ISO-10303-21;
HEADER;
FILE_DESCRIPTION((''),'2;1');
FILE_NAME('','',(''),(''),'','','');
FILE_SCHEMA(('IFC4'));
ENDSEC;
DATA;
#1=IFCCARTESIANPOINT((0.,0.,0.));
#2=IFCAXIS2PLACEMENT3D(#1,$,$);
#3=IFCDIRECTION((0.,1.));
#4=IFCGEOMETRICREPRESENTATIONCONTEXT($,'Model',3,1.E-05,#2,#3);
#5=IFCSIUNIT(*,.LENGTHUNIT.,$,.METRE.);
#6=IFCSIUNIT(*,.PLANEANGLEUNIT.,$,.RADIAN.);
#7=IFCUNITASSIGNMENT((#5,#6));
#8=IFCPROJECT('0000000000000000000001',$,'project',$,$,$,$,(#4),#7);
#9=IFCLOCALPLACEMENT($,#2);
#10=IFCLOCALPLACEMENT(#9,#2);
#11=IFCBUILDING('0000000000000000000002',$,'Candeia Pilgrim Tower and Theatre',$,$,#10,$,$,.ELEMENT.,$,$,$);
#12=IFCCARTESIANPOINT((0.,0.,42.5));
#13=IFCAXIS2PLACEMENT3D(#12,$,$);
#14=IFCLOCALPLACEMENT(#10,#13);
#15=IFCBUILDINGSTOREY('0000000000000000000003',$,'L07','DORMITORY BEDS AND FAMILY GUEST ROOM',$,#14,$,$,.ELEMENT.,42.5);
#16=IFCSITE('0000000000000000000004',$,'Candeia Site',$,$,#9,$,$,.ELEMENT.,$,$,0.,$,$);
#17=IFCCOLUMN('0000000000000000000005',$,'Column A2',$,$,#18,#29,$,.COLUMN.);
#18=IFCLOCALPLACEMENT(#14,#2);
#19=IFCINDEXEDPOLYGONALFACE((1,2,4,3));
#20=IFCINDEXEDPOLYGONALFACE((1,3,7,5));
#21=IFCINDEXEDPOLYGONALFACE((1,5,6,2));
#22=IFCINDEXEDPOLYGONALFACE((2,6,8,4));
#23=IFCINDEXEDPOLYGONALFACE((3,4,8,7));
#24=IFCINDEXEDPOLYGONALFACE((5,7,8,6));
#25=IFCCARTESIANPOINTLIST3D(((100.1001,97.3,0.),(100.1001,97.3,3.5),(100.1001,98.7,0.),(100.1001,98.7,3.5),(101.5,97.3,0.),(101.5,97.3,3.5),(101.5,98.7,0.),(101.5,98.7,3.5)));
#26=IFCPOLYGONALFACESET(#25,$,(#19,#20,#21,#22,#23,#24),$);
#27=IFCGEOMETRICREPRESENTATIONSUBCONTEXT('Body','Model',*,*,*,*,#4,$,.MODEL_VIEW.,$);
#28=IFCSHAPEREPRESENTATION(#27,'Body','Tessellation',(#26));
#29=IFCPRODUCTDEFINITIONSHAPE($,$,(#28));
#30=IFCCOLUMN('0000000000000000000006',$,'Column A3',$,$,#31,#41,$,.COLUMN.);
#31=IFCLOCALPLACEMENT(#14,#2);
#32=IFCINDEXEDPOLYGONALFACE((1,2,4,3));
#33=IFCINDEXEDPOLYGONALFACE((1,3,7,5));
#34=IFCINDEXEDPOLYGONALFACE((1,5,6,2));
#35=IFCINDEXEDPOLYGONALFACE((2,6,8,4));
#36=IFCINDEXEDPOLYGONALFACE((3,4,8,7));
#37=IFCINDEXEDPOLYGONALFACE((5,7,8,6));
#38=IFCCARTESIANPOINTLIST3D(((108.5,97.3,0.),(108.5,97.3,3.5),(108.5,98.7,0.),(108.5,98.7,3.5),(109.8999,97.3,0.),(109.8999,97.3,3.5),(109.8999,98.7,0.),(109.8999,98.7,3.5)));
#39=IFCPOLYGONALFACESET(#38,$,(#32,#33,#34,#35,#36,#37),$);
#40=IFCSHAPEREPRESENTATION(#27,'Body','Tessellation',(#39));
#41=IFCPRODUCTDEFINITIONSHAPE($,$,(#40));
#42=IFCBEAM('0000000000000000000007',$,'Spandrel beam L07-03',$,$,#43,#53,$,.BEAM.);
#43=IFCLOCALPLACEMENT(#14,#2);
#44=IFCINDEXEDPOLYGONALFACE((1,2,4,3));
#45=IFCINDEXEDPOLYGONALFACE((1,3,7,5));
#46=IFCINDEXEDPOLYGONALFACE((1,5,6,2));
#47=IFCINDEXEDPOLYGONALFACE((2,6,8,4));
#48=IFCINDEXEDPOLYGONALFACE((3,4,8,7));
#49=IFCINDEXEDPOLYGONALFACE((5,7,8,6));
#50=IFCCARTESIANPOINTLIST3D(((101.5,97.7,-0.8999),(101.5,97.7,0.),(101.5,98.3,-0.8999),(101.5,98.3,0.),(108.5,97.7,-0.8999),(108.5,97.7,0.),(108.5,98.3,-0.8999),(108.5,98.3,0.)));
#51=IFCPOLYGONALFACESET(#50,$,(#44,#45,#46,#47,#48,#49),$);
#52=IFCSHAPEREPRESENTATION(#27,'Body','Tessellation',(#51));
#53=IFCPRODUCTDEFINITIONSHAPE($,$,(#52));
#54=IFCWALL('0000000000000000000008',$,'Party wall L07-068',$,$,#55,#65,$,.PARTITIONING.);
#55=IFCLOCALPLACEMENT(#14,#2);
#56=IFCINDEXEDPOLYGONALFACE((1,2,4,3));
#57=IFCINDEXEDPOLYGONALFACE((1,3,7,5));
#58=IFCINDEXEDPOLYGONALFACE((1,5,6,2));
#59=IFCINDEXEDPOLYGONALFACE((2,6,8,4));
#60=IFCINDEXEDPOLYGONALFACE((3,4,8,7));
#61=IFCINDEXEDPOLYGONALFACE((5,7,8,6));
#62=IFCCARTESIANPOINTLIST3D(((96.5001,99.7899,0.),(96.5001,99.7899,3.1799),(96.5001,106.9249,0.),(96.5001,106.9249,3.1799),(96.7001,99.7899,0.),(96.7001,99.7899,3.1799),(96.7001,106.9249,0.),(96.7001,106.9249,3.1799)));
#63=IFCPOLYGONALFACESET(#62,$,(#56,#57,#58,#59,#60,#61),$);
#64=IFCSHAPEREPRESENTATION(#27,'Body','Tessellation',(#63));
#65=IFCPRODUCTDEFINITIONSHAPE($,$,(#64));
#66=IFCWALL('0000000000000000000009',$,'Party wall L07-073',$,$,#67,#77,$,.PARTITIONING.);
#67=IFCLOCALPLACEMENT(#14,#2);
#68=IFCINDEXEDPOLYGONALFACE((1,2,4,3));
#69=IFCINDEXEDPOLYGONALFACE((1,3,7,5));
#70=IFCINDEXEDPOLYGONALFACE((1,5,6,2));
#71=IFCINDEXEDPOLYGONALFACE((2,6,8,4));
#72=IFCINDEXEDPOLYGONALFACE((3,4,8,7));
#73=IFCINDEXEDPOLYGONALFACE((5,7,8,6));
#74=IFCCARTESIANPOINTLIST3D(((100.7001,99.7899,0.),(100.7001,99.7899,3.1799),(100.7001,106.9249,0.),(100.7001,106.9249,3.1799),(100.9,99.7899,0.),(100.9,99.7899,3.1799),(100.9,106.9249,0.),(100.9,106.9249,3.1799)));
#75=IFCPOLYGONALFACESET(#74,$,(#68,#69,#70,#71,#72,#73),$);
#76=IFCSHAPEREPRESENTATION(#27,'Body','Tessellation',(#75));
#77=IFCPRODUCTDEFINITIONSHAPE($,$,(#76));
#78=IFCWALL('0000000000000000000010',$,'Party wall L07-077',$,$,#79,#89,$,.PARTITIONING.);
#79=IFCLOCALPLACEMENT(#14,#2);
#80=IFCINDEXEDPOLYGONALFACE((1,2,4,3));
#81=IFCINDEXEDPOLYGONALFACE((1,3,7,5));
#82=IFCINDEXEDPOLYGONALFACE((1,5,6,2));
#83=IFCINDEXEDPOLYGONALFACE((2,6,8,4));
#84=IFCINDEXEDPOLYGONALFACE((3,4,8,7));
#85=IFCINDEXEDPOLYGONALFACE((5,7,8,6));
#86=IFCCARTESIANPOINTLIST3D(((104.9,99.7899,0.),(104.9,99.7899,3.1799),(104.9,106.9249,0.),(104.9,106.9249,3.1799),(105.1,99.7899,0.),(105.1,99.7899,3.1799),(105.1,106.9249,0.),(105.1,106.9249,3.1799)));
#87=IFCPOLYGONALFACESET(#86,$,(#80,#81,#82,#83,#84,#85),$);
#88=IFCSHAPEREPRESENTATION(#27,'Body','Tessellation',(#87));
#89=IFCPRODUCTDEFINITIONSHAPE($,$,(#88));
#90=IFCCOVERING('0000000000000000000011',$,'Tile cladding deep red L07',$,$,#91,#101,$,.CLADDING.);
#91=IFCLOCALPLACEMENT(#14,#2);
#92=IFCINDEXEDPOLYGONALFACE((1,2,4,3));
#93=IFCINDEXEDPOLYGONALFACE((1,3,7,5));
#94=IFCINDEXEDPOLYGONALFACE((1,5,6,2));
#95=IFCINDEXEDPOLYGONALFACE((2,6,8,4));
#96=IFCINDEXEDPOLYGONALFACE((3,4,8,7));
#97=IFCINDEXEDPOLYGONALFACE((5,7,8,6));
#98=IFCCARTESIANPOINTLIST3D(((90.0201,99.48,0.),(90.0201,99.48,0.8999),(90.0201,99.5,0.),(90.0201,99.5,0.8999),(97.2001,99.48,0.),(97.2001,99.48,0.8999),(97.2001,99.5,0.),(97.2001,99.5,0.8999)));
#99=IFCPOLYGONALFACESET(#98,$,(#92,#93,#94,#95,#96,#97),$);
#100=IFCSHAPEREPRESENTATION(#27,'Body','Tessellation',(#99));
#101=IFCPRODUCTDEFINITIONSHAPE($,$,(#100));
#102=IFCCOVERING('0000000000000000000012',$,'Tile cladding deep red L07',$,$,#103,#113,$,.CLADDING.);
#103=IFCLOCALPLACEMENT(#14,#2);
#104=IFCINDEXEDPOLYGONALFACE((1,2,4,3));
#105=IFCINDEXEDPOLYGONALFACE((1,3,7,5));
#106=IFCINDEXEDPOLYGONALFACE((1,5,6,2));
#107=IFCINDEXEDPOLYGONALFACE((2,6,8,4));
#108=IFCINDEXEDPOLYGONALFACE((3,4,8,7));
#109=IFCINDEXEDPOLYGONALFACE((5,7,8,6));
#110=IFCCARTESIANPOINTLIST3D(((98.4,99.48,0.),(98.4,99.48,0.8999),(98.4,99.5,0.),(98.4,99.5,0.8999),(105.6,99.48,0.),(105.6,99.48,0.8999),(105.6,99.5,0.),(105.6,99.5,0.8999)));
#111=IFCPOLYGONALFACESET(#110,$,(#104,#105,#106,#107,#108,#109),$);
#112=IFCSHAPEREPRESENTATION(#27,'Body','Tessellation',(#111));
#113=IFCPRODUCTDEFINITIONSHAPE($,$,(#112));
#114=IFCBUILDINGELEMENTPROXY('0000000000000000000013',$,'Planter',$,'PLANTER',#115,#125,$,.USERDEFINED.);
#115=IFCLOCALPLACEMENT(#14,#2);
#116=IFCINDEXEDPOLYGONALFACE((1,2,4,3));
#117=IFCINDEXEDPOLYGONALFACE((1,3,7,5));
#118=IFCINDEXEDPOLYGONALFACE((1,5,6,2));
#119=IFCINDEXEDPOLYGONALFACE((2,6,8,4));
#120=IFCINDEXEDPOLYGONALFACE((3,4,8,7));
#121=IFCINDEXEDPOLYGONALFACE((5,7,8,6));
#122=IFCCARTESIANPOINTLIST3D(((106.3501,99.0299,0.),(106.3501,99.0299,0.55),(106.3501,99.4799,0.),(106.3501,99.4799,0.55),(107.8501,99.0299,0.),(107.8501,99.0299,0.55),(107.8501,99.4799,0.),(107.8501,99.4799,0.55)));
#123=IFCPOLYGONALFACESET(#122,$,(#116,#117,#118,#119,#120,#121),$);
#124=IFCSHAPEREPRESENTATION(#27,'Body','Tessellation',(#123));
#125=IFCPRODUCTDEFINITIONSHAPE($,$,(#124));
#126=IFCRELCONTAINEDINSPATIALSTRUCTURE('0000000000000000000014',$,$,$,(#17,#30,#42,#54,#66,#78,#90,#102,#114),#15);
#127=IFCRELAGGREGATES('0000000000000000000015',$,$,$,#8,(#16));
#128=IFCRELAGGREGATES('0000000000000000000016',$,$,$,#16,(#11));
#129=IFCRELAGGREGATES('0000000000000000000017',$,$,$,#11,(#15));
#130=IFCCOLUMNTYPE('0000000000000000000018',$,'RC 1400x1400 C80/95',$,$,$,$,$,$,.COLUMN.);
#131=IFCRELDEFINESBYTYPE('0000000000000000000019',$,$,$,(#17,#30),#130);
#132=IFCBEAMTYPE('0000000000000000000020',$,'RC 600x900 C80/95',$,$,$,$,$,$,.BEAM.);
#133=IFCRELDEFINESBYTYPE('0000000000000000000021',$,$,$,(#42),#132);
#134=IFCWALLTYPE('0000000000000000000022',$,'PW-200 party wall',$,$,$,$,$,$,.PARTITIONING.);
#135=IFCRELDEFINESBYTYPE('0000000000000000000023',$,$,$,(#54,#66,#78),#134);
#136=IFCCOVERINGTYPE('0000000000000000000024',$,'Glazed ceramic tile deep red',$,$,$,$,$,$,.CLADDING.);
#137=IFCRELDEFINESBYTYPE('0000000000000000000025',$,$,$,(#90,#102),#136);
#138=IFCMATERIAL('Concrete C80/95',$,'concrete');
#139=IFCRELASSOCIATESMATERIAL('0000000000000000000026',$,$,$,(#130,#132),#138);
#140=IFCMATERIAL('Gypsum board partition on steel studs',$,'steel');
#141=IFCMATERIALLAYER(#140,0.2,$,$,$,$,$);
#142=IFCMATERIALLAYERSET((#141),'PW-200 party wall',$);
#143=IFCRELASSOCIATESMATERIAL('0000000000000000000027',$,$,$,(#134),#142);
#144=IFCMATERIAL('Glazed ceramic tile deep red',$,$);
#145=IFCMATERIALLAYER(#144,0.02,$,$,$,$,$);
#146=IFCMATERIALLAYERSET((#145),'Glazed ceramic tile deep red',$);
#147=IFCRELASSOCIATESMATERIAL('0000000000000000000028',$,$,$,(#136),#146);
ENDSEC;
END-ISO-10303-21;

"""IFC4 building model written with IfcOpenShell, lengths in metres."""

from ifc_helpers import new_model, si_unit, direction, frame, frame_2d, origin, origin_2d, place, context, subcontext, project, spatial, rectangle, extrude, material, layer, layer_set, material_profile, profile_set, type_object, element, save


model = new_model("IFC4")

# Units and contexts
model_context = context("Model", 3, precision=1e-05, world=origin(), true_north=direction((0.0, 1.0)))
body_context = subcontext(model_context, "Body", "Model", "MODEL_VIEW")
ifc_project = project(units=[si_unit("LENGTHUNIT", "METRE"), si_unit("PLANEANGLEUNIT", "RADIAN")], contexts=[model_context])

# Site, building, storey
site_placement = place(None, origin())
site = spatial("IfcSite", under=ifc_project, at=site_placement, Name="Candeia Site", CompositionType="ELEMENT", RefElevation=0.0)
building_placement = place(site_placement, origin())
building = spatial("IfcBuilding", under=site, at=building_placement, Name="Candeia Pilgrim Tower and Theatre", CompositionType="ELEMENT")
storey_placement = place(building_placement, frame((0.0, 0.0, 42.5)))
storey = spatial("IfcBuildingStorey", under=building, at=storey_placement, Name="L07", Description="DORMITORY BEDS AND FAMILY GUEST ROOM", CompositionType="ELEMENT", Elevation=42.5)

# Columns
ifc_material_1 = material(Name="Concrete C80/95", Category="concrete")
ifc_material_profile_1 = material_profile(ifc_material_1, rectangle(XDim=1.3999, YDim=1.3999, at=origin_2d()))
ifc_profile_set_1 = profile_set([ifc_material_profile_1], Name="Concrete C80/95")
column_type = type_object("IfcColumnType", Name="RC 1400x1400 C80/95", PredefinedType="COLUMN", material=ifc_profile_set_1)
for number, where, z_axis, x_axis, name in (
    (1, (100.8, 98.0, 0.0), (0.0, 0.0, 1.0), (1.0, 0.0, 0.0), "Column A2"),
    (2, (109.2, 98.0, 0.0), (0.0, 0.0, 1.0), (1.0, 0.0, 0.0), "Column A3"),
):
    element("IfcColumn", number, at=place(storey_placement, frame(where, z_axis=z_axis, x_axis=x_axis)), inside=storey, type_object=column_type, Name=name, PredefinedType="COLUMN", context=body_context, shape_type="SweptSolid", body=[
        extrude(rectangle(XDim=1.3999, YDim=1.3999, at=origin_2d()), origin(), (0.0, 0.0, 1.0), 3.5),
    ])

# Beam
ifc_material_profile_2 = material_profile(ifc_material_1, rectangle(XDim=0.6001, YDim=0.8999, at=origin_2d()))
ifc_profile_set_2 = profile_set([ifc_material_profile_2], Name="Concrete C80/95")
beam_type = type_object("IfcBeamType", Name="RC 600x900 C80/95", PredefinedType="BEAM", material=ifc_profile_set_2)
beam_placement = place(storey_placement, frame((101.5, 98.0, -0.45), z_axis=(1.0, 0.0, 0.0), x_axis=(0.0, 1.0, 0.0)))
element("IfcBeam", 3, at=beam_placement, inside=storey, type_object=beam_type, Name="Spandrel beam L07-03", PredefinedType="BEAM", context=body_context, shape_type="SweptSolid", body=[
    extrude(rectangle(XDim=0.6001, YDim=0.8999, at=origin_2d()), origin(), (0.0, 0.0, 1.0), 7.0),
])

# Walls
ifc_material_2 = material(Name="Gypsum board partition on steel studs", Category="steel")
ifc_layer_1 = layer(ifc_material_2, 0.2)
ifc_layer_set_1 = layer_set([ifc_layer_1], Name="PW-200 party wall")
wall_type = type_object("IfcWallType", Name="PW-200 party wall", PredefinedType="PARTITIONING", material=ifc_layer_set_1)
for number, where, z_axis, x_axis, name in (
    (4, (96.6001, 99.79, 0.0), (0.0, 0.0, 1.0), (0.0, 1.0, 0.0), "Party wall L07-068"),
    (5, (100.8, 99.79, 0.0), (0.0, 0.0, 1.0), (0.0, 1.0, 0.0), "Party wall L07-073"),
    (6, (105.0, 99.79, 0.0), (0.0, 0.0, 1.0), (0.0, 1.0, 0.0), "Party wall L07-077"),
):
    element("IfcWall", number, at=place(storey_placement, frame(where, z_axis=z_axis, x_axis=x_axis)), inside=storey, type_object=wall_type, Name=name, PredefinedType="PARTITIONING", context=body_context, shape_type="SweptSolid", body=[
        extrude(rectangle(XDim=7.135, YDim=0.2, at=frame_2d((3.5674, 0.0))), origin(), (0.0, 0.0, 1.0), 3.1799),
    ])

# Coverings
ifc_material_3 = material(Name="Glazed ceramic tile deep red")
ifc_layer_2 = layer(ifc_material_3, 0.02)
ifc_layer_set_2 = layer_set([ifc_layer_2], Name="Glazed ceramic tile deep red")
covering_type = type_object("IfcCoveringType", Name="Glazed ceramic tile deep red", PredefinedType="CLADDING", material=ifc_layer_set_2)
covering_1_placement = place(storey_placement, frame((93.6101, 99.49, 0.0), z_axis=(0.0, 0.0, 1.0), x_axis=(1.0, 0.0, 0.0)))
element("IfcCovering", 7, at=covering_1_placement, inside=storey, type_object=covering_type, Name="Tile cladding deep red L07", PredefinedType="CLADDING", context=body_context, shape_type="SweptSolid", body=[
    extrude(rectangle(XDim=7.1799, YDim=0.02, at=origin_2d()), origin(), (0.0, 0.0, 1.0), 0.8999),
])
covering_2_placement = place(storey_placement, frame((102.0, 99.49, 0.0), z_axis=(0.0, 0.0, 1.0), x_axis=(1.0, 0.0, 0.0)))
element("IfcCovering", 8, at=covering_2_placement, inside=storey, type_object=covering_type, Name="Tile cladding deep red L07", PredefinedType="CLADDING", context=body_context, shape_type="SweptSolid", body=[
    extrude(rectangle(XDim=7.2, YDim=0.02, at=origin_2d()), origin(), (0.0, 0.0, 1.0), 0.8999),
])

# Building element proxy
proxy_placement = place(storey_placement, frame((107.1001, 99.2549, 0.0), z_axis=(0.0, 0.0, 1.0), x_axis=(1.0, 0.0, 0.0)))
element("IfcBuildingElementProxy", 9, at=proxy_placement, inside=storey, Name="Planter", ObjectType="PLANTER", PredefinedType="USERDEFINED", context=body_context, shape_type="SweptSolid", body=[
    extrude(rectangle(XDim=1.5, YDim=0.45, at=origin_2d()), origin(), (0.0, 0.0, 1.0), 0.55),
])

save(model, "model.ifc")
